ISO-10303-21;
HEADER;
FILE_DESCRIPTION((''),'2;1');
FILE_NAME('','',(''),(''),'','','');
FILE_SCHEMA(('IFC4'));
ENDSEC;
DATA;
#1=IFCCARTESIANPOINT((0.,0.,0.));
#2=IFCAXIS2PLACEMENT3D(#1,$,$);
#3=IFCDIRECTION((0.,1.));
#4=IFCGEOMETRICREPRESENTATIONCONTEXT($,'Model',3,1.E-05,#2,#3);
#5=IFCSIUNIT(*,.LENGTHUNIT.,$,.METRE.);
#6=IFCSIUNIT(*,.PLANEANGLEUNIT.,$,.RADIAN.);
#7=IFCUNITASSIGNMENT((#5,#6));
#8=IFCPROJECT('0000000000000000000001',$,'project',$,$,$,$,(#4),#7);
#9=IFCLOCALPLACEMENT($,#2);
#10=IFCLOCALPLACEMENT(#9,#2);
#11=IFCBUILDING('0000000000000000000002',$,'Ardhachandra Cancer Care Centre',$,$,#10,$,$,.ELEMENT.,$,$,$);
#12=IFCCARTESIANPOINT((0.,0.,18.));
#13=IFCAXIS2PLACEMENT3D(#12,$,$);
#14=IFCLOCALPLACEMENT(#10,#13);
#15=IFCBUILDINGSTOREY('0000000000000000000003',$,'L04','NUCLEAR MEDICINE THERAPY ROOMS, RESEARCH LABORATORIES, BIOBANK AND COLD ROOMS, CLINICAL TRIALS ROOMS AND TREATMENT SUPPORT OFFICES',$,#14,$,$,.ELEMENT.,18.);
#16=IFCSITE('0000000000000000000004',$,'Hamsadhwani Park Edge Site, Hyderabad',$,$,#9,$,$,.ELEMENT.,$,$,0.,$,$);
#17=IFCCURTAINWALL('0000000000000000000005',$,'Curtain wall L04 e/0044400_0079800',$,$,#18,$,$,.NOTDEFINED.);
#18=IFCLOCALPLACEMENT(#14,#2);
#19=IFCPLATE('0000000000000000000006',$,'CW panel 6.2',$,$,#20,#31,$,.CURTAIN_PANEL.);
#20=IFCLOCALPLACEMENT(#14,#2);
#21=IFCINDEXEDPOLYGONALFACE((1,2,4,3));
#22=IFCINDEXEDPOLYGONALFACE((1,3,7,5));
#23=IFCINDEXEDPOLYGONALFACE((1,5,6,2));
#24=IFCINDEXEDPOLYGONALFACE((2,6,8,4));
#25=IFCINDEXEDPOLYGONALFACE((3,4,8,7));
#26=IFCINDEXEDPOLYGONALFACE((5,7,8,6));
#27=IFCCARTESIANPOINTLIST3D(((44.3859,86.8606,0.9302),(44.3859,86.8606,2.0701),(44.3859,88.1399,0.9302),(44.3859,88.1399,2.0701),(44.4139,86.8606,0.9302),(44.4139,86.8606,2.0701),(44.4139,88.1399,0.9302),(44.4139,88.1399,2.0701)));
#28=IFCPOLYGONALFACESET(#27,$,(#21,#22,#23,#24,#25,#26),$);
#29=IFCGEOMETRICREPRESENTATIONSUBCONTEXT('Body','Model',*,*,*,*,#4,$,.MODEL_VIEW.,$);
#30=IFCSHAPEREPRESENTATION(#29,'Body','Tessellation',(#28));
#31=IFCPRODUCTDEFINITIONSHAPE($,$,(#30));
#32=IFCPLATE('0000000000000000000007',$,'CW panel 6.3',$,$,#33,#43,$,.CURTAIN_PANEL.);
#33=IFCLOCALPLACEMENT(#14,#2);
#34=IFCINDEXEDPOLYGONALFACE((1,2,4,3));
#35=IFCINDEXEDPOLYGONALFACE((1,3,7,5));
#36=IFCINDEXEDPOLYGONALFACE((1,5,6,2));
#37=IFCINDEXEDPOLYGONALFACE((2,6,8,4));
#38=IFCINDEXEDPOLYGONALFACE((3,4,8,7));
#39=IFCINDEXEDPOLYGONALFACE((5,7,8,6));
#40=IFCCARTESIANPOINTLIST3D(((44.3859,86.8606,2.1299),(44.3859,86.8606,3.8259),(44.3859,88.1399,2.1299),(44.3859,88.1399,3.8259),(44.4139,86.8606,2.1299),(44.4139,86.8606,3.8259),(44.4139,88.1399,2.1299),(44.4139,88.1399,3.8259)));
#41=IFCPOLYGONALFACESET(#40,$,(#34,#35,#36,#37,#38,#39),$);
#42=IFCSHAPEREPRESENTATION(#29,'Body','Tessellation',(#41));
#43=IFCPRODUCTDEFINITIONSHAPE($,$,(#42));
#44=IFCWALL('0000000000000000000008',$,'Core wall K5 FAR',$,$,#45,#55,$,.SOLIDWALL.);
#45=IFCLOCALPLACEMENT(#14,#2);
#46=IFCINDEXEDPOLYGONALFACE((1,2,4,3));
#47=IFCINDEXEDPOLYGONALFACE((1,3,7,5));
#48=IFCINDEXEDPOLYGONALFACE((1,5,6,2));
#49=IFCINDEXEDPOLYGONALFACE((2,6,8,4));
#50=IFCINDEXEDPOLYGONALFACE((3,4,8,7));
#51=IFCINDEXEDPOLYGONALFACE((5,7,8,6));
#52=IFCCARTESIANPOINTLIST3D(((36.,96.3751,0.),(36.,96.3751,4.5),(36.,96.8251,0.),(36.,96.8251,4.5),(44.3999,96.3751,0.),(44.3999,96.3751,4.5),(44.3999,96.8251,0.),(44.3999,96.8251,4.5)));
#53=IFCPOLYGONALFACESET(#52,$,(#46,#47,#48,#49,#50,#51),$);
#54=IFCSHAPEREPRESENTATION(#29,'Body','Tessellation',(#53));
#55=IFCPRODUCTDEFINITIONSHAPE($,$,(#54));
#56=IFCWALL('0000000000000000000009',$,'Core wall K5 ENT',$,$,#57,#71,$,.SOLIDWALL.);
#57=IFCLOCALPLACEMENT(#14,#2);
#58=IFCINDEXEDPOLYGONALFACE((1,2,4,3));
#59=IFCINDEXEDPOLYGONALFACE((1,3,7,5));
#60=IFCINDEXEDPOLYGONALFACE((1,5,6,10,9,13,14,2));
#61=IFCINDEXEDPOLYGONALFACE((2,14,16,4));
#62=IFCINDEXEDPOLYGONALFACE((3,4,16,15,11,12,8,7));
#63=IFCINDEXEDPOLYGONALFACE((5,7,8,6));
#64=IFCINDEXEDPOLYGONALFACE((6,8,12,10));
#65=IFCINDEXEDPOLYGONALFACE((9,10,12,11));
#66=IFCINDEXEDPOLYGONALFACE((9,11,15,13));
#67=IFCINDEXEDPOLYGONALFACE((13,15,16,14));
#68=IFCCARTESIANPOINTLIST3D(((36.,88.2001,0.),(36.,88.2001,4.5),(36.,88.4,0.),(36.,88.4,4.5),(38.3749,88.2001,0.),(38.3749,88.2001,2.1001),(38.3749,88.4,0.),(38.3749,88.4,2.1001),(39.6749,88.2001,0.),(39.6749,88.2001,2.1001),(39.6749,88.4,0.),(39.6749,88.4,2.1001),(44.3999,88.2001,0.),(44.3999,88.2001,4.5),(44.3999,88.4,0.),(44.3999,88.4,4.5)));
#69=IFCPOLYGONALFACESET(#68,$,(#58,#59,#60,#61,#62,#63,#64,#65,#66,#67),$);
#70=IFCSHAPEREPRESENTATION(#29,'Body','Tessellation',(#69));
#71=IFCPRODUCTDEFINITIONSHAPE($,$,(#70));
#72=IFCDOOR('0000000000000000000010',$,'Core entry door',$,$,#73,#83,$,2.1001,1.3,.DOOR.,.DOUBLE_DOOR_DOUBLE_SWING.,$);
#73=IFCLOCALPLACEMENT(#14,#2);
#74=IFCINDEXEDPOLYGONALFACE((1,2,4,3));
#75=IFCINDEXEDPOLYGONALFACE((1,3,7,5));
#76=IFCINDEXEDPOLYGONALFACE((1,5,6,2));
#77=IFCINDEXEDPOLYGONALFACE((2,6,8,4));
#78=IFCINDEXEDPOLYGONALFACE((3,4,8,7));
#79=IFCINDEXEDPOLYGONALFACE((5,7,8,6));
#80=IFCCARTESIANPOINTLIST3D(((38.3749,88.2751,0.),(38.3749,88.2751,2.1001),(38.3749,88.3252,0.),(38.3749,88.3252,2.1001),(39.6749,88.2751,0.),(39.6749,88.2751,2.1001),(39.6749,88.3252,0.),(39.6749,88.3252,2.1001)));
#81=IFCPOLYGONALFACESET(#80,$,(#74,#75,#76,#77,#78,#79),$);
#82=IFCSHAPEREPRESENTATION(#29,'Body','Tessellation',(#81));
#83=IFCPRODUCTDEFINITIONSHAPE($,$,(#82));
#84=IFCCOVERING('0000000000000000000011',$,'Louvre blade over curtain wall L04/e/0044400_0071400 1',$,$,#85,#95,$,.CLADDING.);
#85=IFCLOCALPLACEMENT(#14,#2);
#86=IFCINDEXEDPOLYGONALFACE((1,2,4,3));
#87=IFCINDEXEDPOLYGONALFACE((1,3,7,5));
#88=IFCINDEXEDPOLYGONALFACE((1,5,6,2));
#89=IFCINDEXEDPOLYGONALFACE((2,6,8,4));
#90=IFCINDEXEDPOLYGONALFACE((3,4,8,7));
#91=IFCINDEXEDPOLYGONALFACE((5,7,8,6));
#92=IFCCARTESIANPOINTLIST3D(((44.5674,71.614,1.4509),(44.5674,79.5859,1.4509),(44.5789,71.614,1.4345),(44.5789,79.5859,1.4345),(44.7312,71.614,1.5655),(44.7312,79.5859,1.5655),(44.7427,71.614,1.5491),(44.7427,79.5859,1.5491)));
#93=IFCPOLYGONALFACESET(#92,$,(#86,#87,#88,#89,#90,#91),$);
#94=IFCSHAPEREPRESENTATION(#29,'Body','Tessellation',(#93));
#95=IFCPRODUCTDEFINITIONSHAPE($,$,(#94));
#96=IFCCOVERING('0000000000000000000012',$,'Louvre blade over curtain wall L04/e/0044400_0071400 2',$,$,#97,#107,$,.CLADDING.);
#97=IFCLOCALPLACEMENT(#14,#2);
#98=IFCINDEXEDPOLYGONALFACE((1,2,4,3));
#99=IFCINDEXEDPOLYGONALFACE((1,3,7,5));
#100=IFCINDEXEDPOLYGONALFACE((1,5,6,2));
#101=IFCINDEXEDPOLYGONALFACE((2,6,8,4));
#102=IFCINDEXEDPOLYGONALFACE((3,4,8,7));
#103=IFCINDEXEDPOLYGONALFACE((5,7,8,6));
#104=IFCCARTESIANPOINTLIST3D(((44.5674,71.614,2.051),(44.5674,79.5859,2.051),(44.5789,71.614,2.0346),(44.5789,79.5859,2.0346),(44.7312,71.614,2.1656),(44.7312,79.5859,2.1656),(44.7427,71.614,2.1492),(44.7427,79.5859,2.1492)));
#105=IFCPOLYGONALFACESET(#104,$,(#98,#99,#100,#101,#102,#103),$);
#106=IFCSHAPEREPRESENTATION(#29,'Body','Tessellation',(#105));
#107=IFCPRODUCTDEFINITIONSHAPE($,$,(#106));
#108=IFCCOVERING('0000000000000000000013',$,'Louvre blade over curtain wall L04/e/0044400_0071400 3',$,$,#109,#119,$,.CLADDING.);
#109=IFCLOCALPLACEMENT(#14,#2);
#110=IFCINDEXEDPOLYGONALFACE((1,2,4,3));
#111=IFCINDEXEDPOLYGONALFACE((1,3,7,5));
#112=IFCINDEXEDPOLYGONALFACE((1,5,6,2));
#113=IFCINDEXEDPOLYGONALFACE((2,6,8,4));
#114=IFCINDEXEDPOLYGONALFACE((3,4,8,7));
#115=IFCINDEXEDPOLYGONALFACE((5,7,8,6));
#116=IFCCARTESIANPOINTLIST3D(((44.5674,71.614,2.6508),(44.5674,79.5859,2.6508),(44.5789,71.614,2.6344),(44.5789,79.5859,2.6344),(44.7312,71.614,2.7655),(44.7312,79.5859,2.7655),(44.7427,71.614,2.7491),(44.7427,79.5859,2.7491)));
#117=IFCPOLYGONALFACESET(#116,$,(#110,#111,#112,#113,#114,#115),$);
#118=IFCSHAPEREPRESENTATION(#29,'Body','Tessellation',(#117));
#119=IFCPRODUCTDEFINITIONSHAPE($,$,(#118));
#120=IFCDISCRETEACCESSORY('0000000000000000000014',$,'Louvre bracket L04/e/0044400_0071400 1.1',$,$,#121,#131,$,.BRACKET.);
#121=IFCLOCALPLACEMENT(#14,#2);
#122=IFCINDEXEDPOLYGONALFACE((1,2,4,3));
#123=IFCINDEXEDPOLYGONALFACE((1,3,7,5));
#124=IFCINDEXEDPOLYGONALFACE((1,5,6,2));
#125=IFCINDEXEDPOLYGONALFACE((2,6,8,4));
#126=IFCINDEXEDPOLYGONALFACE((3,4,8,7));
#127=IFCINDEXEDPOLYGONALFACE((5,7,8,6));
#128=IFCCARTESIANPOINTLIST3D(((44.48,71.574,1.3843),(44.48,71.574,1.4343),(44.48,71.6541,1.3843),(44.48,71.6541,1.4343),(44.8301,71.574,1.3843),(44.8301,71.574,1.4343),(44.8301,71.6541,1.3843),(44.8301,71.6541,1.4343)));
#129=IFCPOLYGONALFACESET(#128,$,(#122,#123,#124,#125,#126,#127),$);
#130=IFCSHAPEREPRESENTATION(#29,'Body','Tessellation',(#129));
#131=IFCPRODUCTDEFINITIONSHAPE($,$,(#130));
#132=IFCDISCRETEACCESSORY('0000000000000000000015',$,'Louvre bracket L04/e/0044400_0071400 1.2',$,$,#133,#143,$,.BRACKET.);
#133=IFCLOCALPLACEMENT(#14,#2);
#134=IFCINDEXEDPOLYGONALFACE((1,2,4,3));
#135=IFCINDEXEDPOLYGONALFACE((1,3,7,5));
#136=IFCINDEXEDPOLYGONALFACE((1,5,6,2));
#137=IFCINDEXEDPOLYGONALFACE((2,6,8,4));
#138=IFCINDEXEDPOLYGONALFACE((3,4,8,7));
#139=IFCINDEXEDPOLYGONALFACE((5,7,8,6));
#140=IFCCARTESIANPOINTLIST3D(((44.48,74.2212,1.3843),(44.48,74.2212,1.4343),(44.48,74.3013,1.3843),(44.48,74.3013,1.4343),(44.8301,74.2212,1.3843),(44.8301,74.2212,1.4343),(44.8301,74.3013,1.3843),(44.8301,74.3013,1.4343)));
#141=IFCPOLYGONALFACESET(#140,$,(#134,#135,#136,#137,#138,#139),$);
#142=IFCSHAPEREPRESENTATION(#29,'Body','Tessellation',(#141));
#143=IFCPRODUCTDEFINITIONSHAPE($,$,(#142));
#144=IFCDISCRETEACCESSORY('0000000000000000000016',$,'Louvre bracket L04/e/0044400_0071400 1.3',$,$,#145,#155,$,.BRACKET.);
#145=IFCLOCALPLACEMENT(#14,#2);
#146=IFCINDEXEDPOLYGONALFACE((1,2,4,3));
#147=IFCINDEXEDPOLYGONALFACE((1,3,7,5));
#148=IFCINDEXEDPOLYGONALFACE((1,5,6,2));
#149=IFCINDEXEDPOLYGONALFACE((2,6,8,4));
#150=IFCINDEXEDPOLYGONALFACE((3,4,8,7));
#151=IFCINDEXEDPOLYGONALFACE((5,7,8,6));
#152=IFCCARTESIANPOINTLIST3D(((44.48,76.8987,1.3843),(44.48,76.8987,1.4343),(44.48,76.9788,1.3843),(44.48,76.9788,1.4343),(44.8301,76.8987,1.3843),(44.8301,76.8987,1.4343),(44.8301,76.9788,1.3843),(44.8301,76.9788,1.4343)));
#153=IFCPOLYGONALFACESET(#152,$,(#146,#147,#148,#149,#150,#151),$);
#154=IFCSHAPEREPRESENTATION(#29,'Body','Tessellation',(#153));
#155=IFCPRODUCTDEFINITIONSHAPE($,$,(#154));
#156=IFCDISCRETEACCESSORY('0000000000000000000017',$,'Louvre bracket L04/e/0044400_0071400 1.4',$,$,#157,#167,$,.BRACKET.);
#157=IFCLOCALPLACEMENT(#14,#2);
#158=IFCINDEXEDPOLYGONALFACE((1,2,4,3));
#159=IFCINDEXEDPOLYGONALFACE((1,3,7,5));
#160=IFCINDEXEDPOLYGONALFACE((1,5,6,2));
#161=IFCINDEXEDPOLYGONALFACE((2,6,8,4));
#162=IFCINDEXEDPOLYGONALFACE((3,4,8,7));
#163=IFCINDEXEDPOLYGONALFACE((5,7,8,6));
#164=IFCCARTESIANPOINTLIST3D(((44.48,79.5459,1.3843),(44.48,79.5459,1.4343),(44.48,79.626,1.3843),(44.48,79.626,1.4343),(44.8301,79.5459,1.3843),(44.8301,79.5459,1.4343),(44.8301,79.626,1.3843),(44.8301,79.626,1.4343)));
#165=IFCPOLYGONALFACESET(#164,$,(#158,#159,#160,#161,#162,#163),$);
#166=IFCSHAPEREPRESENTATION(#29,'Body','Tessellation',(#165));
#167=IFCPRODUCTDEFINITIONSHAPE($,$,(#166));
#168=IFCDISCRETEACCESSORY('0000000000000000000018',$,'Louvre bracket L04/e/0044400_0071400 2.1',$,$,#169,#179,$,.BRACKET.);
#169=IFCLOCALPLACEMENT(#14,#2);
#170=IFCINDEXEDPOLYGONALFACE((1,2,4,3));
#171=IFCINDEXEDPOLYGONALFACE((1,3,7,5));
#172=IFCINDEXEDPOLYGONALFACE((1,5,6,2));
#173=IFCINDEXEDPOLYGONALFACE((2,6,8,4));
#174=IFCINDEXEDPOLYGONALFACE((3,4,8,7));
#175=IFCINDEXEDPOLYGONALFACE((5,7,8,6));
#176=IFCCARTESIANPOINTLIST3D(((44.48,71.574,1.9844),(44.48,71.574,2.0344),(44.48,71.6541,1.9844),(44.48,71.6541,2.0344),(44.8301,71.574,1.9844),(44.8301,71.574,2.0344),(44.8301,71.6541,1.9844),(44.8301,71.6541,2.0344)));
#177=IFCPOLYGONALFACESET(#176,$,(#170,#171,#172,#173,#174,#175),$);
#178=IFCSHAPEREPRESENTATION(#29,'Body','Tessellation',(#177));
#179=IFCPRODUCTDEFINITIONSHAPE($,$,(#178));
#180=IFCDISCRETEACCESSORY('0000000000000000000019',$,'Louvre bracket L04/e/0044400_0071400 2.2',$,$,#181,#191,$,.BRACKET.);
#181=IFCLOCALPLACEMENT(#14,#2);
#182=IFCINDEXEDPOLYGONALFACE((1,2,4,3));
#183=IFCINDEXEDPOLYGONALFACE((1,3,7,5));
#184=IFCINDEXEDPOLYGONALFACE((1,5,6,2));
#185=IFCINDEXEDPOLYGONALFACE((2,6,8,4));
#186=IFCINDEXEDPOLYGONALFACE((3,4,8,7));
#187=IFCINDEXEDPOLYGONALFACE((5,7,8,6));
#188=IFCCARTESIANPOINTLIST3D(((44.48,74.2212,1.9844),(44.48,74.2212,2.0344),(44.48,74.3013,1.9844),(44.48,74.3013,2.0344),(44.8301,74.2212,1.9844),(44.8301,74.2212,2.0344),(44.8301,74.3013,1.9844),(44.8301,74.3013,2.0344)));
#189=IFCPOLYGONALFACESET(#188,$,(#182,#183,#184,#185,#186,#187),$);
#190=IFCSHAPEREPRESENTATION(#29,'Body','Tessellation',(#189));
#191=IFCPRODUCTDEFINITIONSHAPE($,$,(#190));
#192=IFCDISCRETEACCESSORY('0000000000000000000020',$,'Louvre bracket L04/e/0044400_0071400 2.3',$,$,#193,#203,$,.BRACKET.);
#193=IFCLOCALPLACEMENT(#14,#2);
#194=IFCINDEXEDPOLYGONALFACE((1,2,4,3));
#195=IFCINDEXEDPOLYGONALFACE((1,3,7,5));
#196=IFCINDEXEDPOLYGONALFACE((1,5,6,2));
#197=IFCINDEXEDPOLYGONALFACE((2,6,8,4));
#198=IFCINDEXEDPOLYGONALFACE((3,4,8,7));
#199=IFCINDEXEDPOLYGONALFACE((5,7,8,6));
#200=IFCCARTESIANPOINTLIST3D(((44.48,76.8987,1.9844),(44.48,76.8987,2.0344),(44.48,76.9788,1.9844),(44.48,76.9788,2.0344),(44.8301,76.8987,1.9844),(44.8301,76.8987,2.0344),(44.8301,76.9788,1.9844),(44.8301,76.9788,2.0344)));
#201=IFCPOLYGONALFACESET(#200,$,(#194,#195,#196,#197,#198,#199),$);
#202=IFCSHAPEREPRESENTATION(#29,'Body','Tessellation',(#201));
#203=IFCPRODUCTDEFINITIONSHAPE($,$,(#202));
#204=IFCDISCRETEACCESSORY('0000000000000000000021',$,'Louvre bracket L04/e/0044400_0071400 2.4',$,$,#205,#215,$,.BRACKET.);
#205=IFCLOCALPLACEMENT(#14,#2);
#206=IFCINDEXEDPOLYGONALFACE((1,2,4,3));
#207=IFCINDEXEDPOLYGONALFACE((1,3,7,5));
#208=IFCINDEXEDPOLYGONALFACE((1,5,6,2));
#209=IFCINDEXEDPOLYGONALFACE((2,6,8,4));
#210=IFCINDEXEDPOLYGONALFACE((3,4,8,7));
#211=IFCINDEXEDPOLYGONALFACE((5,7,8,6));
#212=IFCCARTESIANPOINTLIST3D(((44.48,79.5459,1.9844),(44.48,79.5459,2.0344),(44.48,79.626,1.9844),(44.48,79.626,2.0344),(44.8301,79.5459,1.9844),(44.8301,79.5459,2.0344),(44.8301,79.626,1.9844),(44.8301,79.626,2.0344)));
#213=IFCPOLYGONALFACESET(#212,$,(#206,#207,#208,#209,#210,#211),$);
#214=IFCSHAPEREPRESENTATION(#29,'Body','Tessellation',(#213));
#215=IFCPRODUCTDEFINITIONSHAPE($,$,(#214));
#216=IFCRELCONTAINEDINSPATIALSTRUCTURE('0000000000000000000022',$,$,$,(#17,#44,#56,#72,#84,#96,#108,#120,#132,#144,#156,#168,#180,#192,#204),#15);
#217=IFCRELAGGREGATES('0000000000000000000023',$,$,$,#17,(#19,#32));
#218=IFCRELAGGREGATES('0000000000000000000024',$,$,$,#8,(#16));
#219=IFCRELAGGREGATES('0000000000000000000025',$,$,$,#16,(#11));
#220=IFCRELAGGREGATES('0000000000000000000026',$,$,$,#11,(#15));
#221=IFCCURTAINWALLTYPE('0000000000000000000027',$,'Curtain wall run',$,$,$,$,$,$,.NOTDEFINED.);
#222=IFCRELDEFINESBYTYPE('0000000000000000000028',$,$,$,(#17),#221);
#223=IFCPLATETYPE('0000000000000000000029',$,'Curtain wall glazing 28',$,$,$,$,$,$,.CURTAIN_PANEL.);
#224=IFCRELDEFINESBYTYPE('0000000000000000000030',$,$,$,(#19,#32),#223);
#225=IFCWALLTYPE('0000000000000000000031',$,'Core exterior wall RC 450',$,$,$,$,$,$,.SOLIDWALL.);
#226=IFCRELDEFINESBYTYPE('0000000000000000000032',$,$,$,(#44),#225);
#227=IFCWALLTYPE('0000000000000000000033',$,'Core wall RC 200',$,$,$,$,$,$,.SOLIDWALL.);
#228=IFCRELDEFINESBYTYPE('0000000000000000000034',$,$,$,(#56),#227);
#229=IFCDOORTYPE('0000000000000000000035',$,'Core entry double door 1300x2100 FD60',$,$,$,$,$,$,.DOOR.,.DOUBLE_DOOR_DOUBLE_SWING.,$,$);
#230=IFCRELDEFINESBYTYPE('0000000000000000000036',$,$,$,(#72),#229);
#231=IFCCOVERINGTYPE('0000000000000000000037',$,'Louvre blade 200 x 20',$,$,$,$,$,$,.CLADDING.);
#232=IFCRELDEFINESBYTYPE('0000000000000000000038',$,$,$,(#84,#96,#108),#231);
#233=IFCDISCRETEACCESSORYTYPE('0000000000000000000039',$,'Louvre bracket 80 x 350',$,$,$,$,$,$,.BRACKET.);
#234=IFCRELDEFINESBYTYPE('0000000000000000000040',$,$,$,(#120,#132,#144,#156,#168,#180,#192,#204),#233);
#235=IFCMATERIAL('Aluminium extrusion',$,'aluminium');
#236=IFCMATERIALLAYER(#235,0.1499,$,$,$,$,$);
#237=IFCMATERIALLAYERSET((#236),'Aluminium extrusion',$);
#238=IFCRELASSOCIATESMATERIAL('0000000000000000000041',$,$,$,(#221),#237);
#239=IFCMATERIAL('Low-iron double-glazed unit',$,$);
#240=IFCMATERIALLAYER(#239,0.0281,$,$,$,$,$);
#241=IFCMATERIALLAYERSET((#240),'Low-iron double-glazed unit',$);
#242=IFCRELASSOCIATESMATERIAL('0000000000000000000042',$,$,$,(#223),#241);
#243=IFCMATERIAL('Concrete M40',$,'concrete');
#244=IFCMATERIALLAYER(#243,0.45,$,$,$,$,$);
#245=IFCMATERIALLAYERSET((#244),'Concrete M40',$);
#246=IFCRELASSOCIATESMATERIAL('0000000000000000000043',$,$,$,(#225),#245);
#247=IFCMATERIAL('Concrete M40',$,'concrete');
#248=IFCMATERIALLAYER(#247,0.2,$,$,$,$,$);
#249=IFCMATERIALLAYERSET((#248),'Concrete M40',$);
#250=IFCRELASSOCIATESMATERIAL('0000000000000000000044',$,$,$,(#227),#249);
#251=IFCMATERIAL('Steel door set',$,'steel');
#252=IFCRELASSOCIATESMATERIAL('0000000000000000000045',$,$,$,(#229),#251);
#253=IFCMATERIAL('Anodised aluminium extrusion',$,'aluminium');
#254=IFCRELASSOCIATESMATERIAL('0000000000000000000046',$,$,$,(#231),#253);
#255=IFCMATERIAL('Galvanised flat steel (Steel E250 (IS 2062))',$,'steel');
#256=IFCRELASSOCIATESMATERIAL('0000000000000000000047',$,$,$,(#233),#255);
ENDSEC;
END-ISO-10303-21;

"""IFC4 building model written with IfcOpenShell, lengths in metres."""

from ifc_helpers import new_model, si_unit, direction, frame, frame_2d, origin, origin_2d, place, context, subcontext, project, spatial, rectangle, extrude, material, layer, layer_set, material_profile, profile_set, type_object, element, fill, aggregate, save


model = new_model("IFC4")

# Units and contexts
model_context = context("Model", 3, precision=1e-05, world=origin(), true_north=direction((0.0, 1.0)))
body_context = subcontext(model_context, "Body", "Model", "MODEL_VIEW")
ifc_project = project(units=[si_unit("LENGTHUNIT", "METRE"), si_unit("PLANEANGLEUNIT", "RADIAN")], contexts=[model_context])

# Site, building, storey
site_placement = place(None, origin())
site = spatial("IfcSite", under=ifc_project, at=site_placement, Name="Hamsadhwani Park Edge Site, Hyderabad", CompositionType="ELEMENT", RefElevation=0.0)
building_placement = place(site_placement, origin())
building = spatial("IfcBuilding", under=site, at=building_placement, Name="Ardhachandra Cancer Care Centre", CompositionType="ELEMENT")
storey_placement = place(building_placement, frame((0.0, 0.0, 18.0)))
storey = spatial("IfcBuildingStorey", under=building, at=storey_placement, Name="L04", Description="NUCLEAR MEDICINE THERAPY ROOMS, RESEARCH LABORATORIES, BIOBANK AND COLD ROOMS, CLINICAL TRIALS ROOMS AND TREATMENT SUPPORT OFFICES", CompositionType="ELEMENT", Elevation=18.0)

# Curtain wall, plates
ifc_material_1 = material(Name="Aluminium extrusion", Category="aluminium")
ifc_layer_1 = layer(ifc_material_1, 0.1499)
ifc_layer_set_1 = layer_set([ifc_layer_1], Name="Aluminium extrusion")
curtain_wall_type = type_object("IfcCurtainWallType", Name="Curtain wall run", PredefinedType="NOTDEFINED", material=ifc_layer_set_1)
curtain_wall_placement = place(storey_placement, origin())
curtain_wall = element("IfcCurtainWall", 1, at=curtain_wall_placement, inside=storey, type_object=curtain_wall_type, Name="Curtain wall L04 e/0044400_0079800", PredefinedType="NOTDEFINED")
ifc_material_2 = material(Name="Low-iron double-glazed unit")
ifc_layer_2 = layer(ifc_material_2, 0.0281)
ifc_layer_set_2 = layer_set([ifc_layer_2], Name="Low-iron double-glazed unit")
plate_type = type_object("IfcPlateType", Name="Curtain wall glazing 28", PredefinedType="CURTAIN_PANEL", material=ifc_layer_set_2)
plate_1_placement = place(storey_placement, frame((44.3999, 87.5002, 0.9302), z_axis=(0.0, 0.0, 1.0), x_axis=(0.0, 1.0, 0.0)))
plate_1 = element("IfcPlate", 2, at=plate_1_placement, type_object=plate_type, Name="CW panel 6.2", PredefinedType="CURTAIN_PANEL", context=body_context, shape_type="SweptSolid", body=[
    extrude(rectangle(XDim=1.2793, YDim=0.0281, at=origin_2d()), origin(), (0.0, 0.0, 1.0), 1.1399),
])
plate_2_placement = place(storey_placement, frame((44.3999, 87.5002, 2.1299), z_axis=(0.0, 0.0, 1.0), x_axis=(0.0, 1.0, 0.0)))
plate_2 = element("IfcPlate", 3, at=plate_2_placement, type_object=plate_type, Name="CW panel 6.3", PredefinedType="CURTAIN_PANEL", context=body_context, shape_type="SweptSolid", body=[
    extrude(rectangle(XDim=1.2793, YDim=0.0281, at=origin_2d()), origin(), (0.0, 0.0, 1.0), 1.696),
])
aggregate(curtain_wall, [plate_1, plate_2])

# Wall
ifc_material_3 = material(Name="Concrete M40", Category="concrete")
ifc_layer_3 = layer(ifc_material_3, 0.45)
ifc_layer_set_3 = layer_set([ifc_layer_3], Name="Concrete M40")
wall_type_1 = type_object("IfcWallType", Name="Core exterior wall RC 450", PredefinedType="SOLIDWALL", material=ifc_layer_set_3)
wall_1_placement = place(storey_placement, frame((44.3999, 96.6001, 0.0), z_axis=(0.0, 0.0, 1.0), x_axis=(-1.0, 0.0, 0.0)))
element("IfcWall", 4, at=wall_1_placement, inside=storey, type_object=wall_type_1, Name="Core wall K5 FAR", PredefinedType="SOLIDWALL", context=body_context, shape_type="SweptSolid", body=[
    extrude(rectangle(XDim=8.3999, YDim=0.45, at=frame_2d((4.2, 0.0))), origin(), (0.0, 0.0, 1.0), 4.5),
])

# Wall, opening, door
ifc_material_4 = material(Name="Concrete M40", Category="concrete")
ifc_layer_4 = layer(ifc_material_4, 0.2)
ifc_layer_set_4 = layer_set([ifc_layer_4], Name="Concrete M40")
wall_type_2 = type_object("IfcWallType", Name="Core wall RC 200", PredefinedType="SOLIDWALL", material=ifc_layer_set_4)
wall_2_placement = place(storey_placement, frame((44.3999, 88.3, 0.0), z_axis=(0.0, 0.0, 1.0), x_axis=(-1.0, 0.0, 0.0)))
wall_2 = element("IfcWall", 5, at=wall_2_placement, inside=storey, type_object=wall_type_2, Name="Core wall K5 ENT", PredefinedType="SOLIDWALL", context=body_context, shape_type="SweptSolid", body=[
    extrude(rectangle(XDim=8.3999, YDim=0.2, at=frame_2d((4.2, 0.0))), origin(), (0.0, 0.0, 1.0), 4.5),
])
opening_placement = place(wall_2_placement, frame((4.7251, 0.0, 0.0)))
opening = element("IfcOpeningElement", 6, at=opening_placement, cuts=wall_2, PredefinedType="OPENING", context=body_context, shape_type="SweptSolid", body=[
    extrude(rectangle(XDim=1.3, YDim=2.1001, at=frame_2d((0.6499, 1.05))), frame((0.0, 0.1099, 0.0), z_axis=(0.0, -1.0, 0.0), x_axis=(1.0, 0.0, 0.0)), (0.0, 0.0, 1.0), 0.22),
])
ifc_material_5 = material(Name="Steel door set", Category="steel")
door_type = type_object("IfcDoorType", Name="Core entry double door 1300x2100 FD60", OperationType="DOUBLE_DOOR_DOUBLE_SWING", PredefinedType="DOOR", material=ifc_material_5)
door_placement = place(opening_placement, origin())
door = element("IfcDoor", 7, at=door_placement, inside=storey, type_object=door_type, Name="Core entry door", OperationType="DOUBLE_DOOR_DOUBLE_SWING", OverallHeight=2.1001, OverallWidth=1.3, PredefinedType="DOOR", context=body_context, shape_type="SweptSolid", body=[
    extrude(rectangle(XDim=1.3, YDim=2.1001, at=frame_2d((0.6499, 1.05))), frame((0.0, 0.0249, 0.0), z_axis=(0.0, -1.0, 0.0), x_axis=(1.0, 0.0, 0.0)), (0.0, 0.0, 1.0), 0.05),
])
fill(opening, door)

# Coverings
ifc_material_6 = material(Name="Anodised aluminium extrusion", Category="aluminium")
ifc_material_profile = material_profile(ifc_material_6, rectangle(XDim=0.2, YDim=0.02, at=origin_2d()), Name="Louvre blade 200 x 20")
ifc_profile_set = profile_set([ifc_material_profile], Name="Anodised aluminium extrusion")
covering_type = type_object("IfcCoveringType", Name="Louvre blade 200 x 20", PredefinedType="CLADDING", material=ifc_profile_set)
for number, where, z_axis, x_axis, name in (
    (8, (44.655, 71.614, 1.5), (0.0, 1.0, 0.0), (-0.819152, 0.0, -0.573576), "Louvre blade over curtain wall L04/e/0044400_0071400 1"),
    (9, (44.655, 71.614, 2.1001), (0.0, 1.0, 0.0), (-0.819152, 0.0, -0.573576), "Louvre blade over curtain wall L04/e/0044400_0071400 2"),
    (10, (44.655, 71.614, 2.7), (0.0, 1.0, 0.0), (-0.819152, 0.0, -0.573576), "Louvre blade over curtain wall L04/e/0044400_0071400 3"),
):
    element("IfcCovering", number, at=place(storey_placement, frame(where, z_axis=z_axis, x_axis=x_axis)), inside=storey, type_object=covering_type, Name=name, PredefinedType="CLADDING", context=body_context, shape_type="SweptSolid", body=[
        extrude(rectangle(XDim=0.2, YDim=0.02, at=origin_2d()), origin(), (0.0, 0.0, 1.0), 7.9719),
    ])

# Discrete accessories
ifc_material_7 = material(Name="Galvanised flat steel (Steel E250 (IS 2062))", Category="steel")
discrete_accessory_type = type_object("IfcDiscreteAccessoryType", Name="Louvre bracket 80 x 350", PredefinedType="BRACKET", material=ifc_material_7)
for number, where, z_axis, x_axis, name in (
    (11, (44.655, 71.614, 1.3843), (0.0, 0.0, 1.0), (0.0, 1.0, 0.0), "Louvre bracket L04/e/0044400_0071400 1.1"),
    (12, (44.655, 74.2612, 1.3843), (0.0, 0.0, 1.0), (0.0, 1.0, 0.0), "Louvre bracket L04/e/0044400_0071400 1.2"),
    (13, (44.655, 76.9387, 1.3843), (0.0, 0.0, 1.0), (0.0, 1.0, 0.0), "Louvre bracket L04/e/0044400_0071400 1.3"),
    (14, (44.655, 79.5859, 1.3843), (0.0, 0.0, 1.0), (0.0, 1.0, 0.0), "Louvre bracket L04/e/0044400_0071400 1.4"),
    (15, (44.655, 71.614, 1.9844), (0.0, 0.0, 1.0), (0.0, 1.0, 0.0), "Louvre bracket L04/e/0044400_0071400 2.1"),
    (16, (44.655, 74.2612, 1.9844), (0.0, 0.0, 1.0), (0.0, 1.0, 0.0), "Louvre bracket L04/e/0044400_0071400 2.2"),
    (17, (44.655, 76.9387, 1.9844), (0.0, 0.0, 1.0), (0.0, 1.0, 0.0), "Louvre bracket L04/e/0044400_0071400 2.3"),
    (18, (44.655, 79.5859, 1.9844), (0.0, 0.0, 1.0), (0.0, 1.0, 0.0), "Louvre bracket L04/e/0044400_0071400 2.4"),
):
    element("IfcDiscreteAccessory", number, at=place(storey_placement, frame(where, z_axis=z_axis, x_axis=x_axis)), inside=storey, type_object=discrete_accessory_type, Name=name, PredefinedType="BRACKET", context=body_context, shape_type="SweptSolid", body=[
        extrude(rectangle(XDim=0.0801, YDim=0.3501, at=origin_2d()), origin(), (0.0, 0.0, 1.0), 0.05),
    ])

save(model, "model.ifc")
